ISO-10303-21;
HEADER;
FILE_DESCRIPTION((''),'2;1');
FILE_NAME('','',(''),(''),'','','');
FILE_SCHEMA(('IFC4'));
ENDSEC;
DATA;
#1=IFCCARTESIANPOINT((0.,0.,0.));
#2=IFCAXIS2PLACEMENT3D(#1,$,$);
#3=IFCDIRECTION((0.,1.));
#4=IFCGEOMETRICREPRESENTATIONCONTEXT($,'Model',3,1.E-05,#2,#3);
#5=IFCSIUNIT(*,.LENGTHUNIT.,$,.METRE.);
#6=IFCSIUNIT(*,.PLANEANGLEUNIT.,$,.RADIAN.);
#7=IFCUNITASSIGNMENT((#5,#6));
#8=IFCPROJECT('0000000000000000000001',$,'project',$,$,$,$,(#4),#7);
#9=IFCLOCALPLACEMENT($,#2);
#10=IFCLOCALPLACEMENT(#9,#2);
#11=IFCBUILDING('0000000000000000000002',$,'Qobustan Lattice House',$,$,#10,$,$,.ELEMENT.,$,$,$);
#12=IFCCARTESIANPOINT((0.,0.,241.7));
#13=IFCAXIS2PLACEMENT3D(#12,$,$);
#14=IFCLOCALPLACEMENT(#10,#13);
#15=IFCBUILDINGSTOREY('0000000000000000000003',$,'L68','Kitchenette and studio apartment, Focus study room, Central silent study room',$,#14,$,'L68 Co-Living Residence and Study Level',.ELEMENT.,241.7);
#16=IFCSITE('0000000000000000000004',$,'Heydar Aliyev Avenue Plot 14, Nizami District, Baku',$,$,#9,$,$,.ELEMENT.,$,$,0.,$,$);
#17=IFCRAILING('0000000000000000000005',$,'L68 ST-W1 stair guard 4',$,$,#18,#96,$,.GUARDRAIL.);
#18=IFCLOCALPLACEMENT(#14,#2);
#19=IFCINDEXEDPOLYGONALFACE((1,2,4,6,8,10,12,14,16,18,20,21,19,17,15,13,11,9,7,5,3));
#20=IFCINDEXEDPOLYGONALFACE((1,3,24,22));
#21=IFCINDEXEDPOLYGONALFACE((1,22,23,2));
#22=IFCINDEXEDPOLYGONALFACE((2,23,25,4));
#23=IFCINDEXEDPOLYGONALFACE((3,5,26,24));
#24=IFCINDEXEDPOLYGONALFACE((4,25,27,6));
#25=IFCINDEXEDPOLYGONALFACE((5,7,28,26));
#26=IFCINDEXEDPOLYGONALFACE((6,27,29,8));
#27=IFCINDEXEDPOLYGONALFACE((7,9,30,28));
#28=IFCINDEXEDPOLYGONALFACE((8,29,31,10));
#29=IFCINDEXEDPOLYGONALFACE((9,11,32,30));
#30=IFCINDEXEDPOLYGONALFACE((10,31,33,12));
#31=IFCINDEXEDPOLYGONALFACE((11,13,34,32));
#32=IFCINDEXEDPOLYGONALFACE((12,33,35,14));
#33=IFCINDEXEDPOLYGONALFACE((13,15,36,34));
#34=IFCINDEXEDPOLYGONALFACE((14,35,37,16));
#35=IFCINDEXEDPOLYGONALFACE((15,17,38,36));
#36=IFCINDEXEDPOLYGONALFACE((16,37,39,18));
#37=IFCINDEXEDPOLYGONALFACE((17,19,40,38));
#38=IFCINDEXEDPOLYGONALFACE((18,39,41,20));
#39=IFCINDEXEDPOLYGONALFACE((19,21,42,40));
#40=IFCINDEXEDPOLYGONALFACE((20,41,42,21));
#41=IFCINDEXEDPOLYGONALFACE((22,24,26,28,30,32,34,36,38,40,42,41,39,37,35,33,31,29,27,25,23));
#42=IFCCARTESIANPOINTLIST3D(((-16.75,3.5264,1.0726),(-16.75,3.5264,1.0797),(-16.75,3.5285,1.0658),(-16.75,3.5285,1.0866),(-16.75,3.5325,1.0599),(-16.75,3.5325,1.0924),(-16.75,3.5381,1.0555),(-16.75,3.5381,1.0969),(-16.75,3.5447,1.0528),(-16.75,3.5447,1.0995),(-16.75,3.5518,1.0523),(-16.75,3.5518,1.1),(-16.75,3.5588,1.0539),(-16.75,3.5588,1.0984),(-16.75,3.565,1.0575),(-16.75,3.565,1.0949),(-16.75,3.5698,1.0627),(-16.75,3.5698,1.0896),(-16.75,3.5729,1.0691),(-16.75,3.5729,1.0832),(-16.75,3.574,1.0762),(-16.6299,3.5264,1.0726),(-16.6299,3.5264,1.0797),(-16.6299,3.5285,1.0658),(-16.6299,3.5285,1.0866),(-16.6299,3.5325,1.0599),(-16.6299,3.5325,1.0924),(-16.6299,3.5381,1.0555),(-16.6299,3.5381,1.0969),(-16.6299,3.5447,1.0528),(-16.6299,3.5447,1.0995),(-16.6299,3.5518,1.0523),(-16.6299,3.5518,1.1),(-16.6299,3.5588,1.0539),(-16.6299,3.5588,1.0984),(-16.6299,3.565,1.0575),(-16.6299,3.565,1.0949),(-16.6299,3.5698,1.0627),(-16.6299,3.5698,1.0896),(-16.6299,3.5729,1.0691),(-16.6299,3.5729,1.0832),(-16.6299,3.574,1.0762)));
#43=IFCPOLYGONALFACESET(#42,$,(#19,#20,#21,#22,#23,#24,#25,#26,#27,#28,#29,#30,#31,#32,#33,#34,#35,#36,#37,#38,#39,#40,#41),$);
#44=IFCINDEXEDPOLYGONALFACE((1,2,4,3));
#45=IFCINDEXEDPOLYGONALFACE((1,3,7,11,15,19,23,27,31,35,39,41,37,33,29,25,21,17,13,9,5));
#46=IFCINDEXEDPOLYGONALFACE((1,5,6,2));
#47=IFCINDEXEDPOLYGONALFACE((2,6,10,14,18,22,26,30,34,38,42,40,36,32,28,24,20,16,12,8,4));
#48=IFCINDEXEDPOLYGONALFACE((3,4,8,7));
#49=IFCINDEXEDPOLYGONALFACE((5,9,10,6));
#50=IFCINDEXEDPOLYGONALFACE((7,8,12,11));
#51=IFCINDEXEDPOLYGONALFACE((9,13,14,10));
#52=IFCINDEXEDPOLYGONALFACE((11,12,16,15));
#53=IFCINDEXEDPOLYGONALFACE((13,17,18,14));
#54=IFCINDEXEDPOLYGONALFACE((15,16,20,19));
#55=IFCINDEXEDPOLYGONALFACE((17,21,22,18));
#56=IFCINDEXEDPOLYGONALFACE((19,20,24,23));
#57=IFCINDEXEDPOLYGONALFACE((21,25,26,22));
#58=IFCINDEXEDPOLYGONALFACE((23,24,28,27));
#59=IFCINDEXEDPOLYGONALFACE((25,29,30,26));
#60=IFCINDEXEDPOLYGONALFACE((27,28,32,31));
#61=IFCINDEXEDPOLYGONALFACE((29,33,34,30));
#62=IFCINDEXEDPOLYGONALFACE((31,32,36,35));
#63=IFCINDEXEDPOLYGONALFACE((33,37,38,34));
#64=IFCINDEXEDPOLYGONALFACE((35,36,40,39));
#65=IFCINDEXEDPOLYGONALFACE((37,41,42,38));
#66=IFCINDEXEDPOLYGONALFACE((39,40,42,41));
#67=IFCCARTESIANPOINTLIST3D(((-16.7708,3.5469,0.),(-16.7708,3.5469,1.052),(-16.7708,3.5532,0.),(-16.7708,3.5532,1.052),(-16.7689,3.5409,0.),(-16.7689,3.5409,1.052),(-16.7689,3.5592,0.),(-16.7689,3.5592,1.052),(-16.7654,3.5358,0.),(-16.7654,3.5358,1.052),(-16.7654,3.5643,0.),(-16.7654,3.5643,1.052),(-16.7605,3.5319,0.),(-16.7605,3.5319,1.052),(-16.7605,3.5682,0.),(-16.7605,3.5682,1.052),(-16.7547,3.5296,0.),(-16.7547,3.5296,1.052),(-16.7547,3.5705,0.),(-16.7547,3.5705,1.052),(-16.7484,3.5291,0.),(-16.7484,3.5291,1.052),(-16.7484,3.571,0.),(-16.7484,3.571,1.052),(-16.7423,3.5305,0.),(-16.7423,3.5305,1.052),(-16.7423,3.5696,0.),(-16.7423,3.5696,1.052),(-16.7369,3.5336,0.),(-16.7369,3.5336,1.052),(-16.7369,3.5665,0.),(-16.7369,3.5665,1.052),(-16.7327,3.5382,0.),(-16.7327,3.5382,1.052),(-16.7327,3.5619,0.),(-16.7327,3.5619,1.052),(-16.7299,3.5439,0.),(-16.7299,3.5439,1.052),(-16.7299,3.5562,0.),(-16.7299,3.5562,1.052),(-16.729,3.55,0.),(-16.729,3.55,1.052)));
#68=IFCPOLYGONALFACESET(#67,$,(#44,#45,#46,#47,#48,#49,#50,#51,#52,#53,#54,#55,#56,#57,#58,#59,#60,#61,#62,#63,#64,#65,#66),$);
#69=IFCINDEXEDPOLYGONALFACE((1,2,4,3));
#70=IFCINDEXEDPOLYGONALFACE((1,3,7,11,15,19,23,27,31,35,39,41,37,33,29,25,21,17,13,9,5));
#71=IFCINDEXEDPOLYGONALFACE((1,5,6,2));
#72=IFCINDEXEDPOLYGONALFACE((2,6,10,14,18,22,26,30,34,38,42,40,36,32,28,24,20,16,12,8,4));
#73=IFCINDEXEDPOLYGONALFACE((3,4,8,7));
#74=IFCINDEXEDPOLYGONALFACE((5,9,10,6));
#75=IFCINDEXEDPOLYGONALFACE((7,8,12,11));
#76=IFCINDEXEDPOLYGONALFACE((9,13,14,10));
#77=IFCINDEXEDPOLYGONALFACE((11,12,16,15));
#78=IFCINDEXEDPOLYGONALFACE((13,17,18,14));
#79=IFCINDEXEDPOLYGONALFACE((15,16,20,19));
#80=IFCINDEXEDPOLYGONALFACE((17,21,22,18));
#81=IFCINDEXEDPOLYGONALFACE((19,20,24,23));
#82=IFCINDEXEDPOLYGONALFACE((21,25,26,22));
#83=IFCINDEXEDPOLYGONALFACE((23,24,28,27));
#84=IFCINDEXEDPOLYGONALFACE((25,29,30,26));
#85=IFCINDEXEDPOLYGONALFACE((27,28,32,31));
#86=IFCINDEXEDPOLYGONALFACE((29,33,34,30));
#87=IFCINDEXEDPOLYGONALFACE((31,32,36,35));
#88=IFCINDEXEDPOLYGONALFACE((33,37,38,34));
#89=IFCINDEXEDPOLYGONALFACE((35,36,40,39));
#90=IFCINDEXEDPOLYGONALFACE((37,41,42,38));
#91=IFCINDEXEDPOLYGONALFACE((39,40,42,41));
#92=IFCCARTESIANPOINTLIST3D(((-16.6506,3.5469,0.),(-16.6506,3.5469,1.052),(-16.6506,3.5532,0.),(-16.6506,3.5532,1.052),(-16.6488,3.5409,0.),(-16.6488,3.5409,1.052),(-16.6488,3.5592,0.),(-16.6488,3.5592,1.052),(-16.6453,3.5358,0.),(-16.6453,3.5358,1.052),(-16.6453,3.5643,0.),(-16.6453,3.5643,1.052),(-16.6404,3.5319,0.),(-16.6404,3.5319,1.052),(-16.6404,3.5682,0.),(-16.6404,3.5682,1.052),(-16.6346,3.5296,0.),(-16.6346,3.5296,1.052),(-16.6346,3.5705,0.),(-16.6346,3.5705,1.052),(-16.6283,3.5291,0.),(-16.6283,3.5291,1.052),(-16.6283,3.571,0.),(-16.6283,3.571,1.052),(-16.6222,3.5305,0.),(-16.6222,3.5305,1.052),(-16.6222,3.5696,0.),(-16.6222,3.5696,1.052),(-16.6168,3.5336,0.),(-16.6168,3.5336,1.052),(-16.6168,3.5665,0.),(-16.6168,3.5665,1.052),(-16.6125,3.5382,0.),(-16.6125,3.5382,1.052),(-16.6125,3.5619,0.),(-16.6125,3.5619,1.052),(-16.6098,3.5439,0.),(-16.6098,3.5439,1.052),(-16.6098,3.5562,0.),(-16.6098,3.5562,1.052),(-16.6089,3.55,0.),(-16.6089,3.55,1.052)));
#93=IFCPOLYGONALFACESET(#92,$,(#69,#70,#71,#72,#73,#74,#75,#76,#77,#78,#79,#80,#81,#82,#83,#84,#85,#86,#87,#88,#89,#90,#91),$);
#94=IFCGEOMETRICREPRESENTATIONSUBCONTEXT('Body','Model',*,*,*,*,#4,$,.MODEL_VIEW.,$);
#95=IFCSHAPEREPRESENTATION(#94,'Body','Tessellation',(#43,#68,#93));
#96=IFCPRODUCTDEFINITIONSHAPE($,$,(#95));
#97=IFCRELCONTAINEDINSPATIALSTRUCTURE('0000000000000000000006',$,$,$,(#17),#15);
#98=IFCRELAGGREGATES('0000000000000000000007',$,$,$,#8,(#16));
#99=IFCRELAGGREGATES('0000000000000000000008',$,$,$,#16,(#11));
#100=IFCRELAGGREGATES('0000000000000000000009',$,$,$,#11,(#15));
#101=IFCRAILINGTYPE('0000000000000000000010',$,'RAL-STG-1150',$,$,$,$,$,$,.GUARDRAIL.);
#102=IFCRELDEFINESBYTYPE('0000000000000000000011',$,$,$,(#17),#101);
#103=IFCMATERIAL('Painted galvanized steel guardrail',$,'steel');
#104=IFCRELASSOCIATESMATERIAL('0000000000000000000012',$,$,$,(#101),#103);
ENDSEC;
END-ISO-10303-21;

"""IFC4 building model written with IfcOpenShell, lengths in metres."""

from ifc_helpers import new_model, si_unit, direction, frame, origin, origin_2d, place, context, subcontext, project, spatial, circle, extrude, material, type_object, element, save


model = new_model("IFC4")

# Units and contexts
model_context = context("Model", 3, precision=1e-05, world=origin(), true_north=direction((0.0, 1.0)))
body_context = subcontext(model_context, "Body", "Model", "MODEL_VIEW")
ifc_project = project(units=[si_unit("LENGTHUNIT", "METRE"), si_unit("PLANEANGLEUNIT", "RADIAN")], contexts=[model_context])

# Site, building, storey
site_placement = place(None, origin())
site = spatial("IfcSite", under=ifc_project, at=site_placement, Name="Heydar Aliyev Avenue Plot 14, Nizami District, Baku", CompositionType="ELEMENT", RefElevation=0.0)
building_placement = place(site_placement, origin())
building = spatial("IfcBuilding", under=site, at=building_placement, Name="Qobustan Lattice House", CompositionType="ELEMENT")
storey_placement = place(building_placement, frame((0.0, 0.0, 241.7)))
storey = spatial("IfcBuildingStorey", under=building, at=storey_placement, Name="L68", Description="Kitchenette and studio apartment, Focus study room, Central silent study room", LongName="L68 Co-Living Residence and Study Level", CompositionType="ELEMENT", Elevation=241.7)

# Railing
ifc_material_1 = material(Name="Painted galvanized steel guardrail", Category="steel")
railing_type_1 = type_object("IfcRailingType", Name="RAL-STG-1150", PredefinedType="GUARDRAIL", material=ifc_material_1)
railing_1_placement = place(storey_placement, frame((-16.75, 3.55, 0.0)))
element("IfcRailing", 1, at=railing_1_placement, inside=storey, type_object=railing_type_1, Name="L68 ST-W1 stair guard 4", PredefinedType="GUARDRAIL", context=body_context, shape_type="SweptSolid", body=[
    extrude(circle(Radius=0.0239, at=origin_2d()), frame((0.0, 0.0, 1.0762), z_axis=(1.0, 0.0, 0.0), x_axis=(0.0, 1.0, 0.0)), (0.0, 0.0, 1.0), 0.1201),
    extrude(circle(Radius=0.021, at=origin_2d()), origin(), (0.0, 0.0, 1.0), 1.052),
    extrude(circle(Radius=0.021, at=origin_2d()), frame((0.1201, 0.0, 0.0)), (0.0, 0.0, 1.0), 1.052),
])

save(model, "model.ifc")
